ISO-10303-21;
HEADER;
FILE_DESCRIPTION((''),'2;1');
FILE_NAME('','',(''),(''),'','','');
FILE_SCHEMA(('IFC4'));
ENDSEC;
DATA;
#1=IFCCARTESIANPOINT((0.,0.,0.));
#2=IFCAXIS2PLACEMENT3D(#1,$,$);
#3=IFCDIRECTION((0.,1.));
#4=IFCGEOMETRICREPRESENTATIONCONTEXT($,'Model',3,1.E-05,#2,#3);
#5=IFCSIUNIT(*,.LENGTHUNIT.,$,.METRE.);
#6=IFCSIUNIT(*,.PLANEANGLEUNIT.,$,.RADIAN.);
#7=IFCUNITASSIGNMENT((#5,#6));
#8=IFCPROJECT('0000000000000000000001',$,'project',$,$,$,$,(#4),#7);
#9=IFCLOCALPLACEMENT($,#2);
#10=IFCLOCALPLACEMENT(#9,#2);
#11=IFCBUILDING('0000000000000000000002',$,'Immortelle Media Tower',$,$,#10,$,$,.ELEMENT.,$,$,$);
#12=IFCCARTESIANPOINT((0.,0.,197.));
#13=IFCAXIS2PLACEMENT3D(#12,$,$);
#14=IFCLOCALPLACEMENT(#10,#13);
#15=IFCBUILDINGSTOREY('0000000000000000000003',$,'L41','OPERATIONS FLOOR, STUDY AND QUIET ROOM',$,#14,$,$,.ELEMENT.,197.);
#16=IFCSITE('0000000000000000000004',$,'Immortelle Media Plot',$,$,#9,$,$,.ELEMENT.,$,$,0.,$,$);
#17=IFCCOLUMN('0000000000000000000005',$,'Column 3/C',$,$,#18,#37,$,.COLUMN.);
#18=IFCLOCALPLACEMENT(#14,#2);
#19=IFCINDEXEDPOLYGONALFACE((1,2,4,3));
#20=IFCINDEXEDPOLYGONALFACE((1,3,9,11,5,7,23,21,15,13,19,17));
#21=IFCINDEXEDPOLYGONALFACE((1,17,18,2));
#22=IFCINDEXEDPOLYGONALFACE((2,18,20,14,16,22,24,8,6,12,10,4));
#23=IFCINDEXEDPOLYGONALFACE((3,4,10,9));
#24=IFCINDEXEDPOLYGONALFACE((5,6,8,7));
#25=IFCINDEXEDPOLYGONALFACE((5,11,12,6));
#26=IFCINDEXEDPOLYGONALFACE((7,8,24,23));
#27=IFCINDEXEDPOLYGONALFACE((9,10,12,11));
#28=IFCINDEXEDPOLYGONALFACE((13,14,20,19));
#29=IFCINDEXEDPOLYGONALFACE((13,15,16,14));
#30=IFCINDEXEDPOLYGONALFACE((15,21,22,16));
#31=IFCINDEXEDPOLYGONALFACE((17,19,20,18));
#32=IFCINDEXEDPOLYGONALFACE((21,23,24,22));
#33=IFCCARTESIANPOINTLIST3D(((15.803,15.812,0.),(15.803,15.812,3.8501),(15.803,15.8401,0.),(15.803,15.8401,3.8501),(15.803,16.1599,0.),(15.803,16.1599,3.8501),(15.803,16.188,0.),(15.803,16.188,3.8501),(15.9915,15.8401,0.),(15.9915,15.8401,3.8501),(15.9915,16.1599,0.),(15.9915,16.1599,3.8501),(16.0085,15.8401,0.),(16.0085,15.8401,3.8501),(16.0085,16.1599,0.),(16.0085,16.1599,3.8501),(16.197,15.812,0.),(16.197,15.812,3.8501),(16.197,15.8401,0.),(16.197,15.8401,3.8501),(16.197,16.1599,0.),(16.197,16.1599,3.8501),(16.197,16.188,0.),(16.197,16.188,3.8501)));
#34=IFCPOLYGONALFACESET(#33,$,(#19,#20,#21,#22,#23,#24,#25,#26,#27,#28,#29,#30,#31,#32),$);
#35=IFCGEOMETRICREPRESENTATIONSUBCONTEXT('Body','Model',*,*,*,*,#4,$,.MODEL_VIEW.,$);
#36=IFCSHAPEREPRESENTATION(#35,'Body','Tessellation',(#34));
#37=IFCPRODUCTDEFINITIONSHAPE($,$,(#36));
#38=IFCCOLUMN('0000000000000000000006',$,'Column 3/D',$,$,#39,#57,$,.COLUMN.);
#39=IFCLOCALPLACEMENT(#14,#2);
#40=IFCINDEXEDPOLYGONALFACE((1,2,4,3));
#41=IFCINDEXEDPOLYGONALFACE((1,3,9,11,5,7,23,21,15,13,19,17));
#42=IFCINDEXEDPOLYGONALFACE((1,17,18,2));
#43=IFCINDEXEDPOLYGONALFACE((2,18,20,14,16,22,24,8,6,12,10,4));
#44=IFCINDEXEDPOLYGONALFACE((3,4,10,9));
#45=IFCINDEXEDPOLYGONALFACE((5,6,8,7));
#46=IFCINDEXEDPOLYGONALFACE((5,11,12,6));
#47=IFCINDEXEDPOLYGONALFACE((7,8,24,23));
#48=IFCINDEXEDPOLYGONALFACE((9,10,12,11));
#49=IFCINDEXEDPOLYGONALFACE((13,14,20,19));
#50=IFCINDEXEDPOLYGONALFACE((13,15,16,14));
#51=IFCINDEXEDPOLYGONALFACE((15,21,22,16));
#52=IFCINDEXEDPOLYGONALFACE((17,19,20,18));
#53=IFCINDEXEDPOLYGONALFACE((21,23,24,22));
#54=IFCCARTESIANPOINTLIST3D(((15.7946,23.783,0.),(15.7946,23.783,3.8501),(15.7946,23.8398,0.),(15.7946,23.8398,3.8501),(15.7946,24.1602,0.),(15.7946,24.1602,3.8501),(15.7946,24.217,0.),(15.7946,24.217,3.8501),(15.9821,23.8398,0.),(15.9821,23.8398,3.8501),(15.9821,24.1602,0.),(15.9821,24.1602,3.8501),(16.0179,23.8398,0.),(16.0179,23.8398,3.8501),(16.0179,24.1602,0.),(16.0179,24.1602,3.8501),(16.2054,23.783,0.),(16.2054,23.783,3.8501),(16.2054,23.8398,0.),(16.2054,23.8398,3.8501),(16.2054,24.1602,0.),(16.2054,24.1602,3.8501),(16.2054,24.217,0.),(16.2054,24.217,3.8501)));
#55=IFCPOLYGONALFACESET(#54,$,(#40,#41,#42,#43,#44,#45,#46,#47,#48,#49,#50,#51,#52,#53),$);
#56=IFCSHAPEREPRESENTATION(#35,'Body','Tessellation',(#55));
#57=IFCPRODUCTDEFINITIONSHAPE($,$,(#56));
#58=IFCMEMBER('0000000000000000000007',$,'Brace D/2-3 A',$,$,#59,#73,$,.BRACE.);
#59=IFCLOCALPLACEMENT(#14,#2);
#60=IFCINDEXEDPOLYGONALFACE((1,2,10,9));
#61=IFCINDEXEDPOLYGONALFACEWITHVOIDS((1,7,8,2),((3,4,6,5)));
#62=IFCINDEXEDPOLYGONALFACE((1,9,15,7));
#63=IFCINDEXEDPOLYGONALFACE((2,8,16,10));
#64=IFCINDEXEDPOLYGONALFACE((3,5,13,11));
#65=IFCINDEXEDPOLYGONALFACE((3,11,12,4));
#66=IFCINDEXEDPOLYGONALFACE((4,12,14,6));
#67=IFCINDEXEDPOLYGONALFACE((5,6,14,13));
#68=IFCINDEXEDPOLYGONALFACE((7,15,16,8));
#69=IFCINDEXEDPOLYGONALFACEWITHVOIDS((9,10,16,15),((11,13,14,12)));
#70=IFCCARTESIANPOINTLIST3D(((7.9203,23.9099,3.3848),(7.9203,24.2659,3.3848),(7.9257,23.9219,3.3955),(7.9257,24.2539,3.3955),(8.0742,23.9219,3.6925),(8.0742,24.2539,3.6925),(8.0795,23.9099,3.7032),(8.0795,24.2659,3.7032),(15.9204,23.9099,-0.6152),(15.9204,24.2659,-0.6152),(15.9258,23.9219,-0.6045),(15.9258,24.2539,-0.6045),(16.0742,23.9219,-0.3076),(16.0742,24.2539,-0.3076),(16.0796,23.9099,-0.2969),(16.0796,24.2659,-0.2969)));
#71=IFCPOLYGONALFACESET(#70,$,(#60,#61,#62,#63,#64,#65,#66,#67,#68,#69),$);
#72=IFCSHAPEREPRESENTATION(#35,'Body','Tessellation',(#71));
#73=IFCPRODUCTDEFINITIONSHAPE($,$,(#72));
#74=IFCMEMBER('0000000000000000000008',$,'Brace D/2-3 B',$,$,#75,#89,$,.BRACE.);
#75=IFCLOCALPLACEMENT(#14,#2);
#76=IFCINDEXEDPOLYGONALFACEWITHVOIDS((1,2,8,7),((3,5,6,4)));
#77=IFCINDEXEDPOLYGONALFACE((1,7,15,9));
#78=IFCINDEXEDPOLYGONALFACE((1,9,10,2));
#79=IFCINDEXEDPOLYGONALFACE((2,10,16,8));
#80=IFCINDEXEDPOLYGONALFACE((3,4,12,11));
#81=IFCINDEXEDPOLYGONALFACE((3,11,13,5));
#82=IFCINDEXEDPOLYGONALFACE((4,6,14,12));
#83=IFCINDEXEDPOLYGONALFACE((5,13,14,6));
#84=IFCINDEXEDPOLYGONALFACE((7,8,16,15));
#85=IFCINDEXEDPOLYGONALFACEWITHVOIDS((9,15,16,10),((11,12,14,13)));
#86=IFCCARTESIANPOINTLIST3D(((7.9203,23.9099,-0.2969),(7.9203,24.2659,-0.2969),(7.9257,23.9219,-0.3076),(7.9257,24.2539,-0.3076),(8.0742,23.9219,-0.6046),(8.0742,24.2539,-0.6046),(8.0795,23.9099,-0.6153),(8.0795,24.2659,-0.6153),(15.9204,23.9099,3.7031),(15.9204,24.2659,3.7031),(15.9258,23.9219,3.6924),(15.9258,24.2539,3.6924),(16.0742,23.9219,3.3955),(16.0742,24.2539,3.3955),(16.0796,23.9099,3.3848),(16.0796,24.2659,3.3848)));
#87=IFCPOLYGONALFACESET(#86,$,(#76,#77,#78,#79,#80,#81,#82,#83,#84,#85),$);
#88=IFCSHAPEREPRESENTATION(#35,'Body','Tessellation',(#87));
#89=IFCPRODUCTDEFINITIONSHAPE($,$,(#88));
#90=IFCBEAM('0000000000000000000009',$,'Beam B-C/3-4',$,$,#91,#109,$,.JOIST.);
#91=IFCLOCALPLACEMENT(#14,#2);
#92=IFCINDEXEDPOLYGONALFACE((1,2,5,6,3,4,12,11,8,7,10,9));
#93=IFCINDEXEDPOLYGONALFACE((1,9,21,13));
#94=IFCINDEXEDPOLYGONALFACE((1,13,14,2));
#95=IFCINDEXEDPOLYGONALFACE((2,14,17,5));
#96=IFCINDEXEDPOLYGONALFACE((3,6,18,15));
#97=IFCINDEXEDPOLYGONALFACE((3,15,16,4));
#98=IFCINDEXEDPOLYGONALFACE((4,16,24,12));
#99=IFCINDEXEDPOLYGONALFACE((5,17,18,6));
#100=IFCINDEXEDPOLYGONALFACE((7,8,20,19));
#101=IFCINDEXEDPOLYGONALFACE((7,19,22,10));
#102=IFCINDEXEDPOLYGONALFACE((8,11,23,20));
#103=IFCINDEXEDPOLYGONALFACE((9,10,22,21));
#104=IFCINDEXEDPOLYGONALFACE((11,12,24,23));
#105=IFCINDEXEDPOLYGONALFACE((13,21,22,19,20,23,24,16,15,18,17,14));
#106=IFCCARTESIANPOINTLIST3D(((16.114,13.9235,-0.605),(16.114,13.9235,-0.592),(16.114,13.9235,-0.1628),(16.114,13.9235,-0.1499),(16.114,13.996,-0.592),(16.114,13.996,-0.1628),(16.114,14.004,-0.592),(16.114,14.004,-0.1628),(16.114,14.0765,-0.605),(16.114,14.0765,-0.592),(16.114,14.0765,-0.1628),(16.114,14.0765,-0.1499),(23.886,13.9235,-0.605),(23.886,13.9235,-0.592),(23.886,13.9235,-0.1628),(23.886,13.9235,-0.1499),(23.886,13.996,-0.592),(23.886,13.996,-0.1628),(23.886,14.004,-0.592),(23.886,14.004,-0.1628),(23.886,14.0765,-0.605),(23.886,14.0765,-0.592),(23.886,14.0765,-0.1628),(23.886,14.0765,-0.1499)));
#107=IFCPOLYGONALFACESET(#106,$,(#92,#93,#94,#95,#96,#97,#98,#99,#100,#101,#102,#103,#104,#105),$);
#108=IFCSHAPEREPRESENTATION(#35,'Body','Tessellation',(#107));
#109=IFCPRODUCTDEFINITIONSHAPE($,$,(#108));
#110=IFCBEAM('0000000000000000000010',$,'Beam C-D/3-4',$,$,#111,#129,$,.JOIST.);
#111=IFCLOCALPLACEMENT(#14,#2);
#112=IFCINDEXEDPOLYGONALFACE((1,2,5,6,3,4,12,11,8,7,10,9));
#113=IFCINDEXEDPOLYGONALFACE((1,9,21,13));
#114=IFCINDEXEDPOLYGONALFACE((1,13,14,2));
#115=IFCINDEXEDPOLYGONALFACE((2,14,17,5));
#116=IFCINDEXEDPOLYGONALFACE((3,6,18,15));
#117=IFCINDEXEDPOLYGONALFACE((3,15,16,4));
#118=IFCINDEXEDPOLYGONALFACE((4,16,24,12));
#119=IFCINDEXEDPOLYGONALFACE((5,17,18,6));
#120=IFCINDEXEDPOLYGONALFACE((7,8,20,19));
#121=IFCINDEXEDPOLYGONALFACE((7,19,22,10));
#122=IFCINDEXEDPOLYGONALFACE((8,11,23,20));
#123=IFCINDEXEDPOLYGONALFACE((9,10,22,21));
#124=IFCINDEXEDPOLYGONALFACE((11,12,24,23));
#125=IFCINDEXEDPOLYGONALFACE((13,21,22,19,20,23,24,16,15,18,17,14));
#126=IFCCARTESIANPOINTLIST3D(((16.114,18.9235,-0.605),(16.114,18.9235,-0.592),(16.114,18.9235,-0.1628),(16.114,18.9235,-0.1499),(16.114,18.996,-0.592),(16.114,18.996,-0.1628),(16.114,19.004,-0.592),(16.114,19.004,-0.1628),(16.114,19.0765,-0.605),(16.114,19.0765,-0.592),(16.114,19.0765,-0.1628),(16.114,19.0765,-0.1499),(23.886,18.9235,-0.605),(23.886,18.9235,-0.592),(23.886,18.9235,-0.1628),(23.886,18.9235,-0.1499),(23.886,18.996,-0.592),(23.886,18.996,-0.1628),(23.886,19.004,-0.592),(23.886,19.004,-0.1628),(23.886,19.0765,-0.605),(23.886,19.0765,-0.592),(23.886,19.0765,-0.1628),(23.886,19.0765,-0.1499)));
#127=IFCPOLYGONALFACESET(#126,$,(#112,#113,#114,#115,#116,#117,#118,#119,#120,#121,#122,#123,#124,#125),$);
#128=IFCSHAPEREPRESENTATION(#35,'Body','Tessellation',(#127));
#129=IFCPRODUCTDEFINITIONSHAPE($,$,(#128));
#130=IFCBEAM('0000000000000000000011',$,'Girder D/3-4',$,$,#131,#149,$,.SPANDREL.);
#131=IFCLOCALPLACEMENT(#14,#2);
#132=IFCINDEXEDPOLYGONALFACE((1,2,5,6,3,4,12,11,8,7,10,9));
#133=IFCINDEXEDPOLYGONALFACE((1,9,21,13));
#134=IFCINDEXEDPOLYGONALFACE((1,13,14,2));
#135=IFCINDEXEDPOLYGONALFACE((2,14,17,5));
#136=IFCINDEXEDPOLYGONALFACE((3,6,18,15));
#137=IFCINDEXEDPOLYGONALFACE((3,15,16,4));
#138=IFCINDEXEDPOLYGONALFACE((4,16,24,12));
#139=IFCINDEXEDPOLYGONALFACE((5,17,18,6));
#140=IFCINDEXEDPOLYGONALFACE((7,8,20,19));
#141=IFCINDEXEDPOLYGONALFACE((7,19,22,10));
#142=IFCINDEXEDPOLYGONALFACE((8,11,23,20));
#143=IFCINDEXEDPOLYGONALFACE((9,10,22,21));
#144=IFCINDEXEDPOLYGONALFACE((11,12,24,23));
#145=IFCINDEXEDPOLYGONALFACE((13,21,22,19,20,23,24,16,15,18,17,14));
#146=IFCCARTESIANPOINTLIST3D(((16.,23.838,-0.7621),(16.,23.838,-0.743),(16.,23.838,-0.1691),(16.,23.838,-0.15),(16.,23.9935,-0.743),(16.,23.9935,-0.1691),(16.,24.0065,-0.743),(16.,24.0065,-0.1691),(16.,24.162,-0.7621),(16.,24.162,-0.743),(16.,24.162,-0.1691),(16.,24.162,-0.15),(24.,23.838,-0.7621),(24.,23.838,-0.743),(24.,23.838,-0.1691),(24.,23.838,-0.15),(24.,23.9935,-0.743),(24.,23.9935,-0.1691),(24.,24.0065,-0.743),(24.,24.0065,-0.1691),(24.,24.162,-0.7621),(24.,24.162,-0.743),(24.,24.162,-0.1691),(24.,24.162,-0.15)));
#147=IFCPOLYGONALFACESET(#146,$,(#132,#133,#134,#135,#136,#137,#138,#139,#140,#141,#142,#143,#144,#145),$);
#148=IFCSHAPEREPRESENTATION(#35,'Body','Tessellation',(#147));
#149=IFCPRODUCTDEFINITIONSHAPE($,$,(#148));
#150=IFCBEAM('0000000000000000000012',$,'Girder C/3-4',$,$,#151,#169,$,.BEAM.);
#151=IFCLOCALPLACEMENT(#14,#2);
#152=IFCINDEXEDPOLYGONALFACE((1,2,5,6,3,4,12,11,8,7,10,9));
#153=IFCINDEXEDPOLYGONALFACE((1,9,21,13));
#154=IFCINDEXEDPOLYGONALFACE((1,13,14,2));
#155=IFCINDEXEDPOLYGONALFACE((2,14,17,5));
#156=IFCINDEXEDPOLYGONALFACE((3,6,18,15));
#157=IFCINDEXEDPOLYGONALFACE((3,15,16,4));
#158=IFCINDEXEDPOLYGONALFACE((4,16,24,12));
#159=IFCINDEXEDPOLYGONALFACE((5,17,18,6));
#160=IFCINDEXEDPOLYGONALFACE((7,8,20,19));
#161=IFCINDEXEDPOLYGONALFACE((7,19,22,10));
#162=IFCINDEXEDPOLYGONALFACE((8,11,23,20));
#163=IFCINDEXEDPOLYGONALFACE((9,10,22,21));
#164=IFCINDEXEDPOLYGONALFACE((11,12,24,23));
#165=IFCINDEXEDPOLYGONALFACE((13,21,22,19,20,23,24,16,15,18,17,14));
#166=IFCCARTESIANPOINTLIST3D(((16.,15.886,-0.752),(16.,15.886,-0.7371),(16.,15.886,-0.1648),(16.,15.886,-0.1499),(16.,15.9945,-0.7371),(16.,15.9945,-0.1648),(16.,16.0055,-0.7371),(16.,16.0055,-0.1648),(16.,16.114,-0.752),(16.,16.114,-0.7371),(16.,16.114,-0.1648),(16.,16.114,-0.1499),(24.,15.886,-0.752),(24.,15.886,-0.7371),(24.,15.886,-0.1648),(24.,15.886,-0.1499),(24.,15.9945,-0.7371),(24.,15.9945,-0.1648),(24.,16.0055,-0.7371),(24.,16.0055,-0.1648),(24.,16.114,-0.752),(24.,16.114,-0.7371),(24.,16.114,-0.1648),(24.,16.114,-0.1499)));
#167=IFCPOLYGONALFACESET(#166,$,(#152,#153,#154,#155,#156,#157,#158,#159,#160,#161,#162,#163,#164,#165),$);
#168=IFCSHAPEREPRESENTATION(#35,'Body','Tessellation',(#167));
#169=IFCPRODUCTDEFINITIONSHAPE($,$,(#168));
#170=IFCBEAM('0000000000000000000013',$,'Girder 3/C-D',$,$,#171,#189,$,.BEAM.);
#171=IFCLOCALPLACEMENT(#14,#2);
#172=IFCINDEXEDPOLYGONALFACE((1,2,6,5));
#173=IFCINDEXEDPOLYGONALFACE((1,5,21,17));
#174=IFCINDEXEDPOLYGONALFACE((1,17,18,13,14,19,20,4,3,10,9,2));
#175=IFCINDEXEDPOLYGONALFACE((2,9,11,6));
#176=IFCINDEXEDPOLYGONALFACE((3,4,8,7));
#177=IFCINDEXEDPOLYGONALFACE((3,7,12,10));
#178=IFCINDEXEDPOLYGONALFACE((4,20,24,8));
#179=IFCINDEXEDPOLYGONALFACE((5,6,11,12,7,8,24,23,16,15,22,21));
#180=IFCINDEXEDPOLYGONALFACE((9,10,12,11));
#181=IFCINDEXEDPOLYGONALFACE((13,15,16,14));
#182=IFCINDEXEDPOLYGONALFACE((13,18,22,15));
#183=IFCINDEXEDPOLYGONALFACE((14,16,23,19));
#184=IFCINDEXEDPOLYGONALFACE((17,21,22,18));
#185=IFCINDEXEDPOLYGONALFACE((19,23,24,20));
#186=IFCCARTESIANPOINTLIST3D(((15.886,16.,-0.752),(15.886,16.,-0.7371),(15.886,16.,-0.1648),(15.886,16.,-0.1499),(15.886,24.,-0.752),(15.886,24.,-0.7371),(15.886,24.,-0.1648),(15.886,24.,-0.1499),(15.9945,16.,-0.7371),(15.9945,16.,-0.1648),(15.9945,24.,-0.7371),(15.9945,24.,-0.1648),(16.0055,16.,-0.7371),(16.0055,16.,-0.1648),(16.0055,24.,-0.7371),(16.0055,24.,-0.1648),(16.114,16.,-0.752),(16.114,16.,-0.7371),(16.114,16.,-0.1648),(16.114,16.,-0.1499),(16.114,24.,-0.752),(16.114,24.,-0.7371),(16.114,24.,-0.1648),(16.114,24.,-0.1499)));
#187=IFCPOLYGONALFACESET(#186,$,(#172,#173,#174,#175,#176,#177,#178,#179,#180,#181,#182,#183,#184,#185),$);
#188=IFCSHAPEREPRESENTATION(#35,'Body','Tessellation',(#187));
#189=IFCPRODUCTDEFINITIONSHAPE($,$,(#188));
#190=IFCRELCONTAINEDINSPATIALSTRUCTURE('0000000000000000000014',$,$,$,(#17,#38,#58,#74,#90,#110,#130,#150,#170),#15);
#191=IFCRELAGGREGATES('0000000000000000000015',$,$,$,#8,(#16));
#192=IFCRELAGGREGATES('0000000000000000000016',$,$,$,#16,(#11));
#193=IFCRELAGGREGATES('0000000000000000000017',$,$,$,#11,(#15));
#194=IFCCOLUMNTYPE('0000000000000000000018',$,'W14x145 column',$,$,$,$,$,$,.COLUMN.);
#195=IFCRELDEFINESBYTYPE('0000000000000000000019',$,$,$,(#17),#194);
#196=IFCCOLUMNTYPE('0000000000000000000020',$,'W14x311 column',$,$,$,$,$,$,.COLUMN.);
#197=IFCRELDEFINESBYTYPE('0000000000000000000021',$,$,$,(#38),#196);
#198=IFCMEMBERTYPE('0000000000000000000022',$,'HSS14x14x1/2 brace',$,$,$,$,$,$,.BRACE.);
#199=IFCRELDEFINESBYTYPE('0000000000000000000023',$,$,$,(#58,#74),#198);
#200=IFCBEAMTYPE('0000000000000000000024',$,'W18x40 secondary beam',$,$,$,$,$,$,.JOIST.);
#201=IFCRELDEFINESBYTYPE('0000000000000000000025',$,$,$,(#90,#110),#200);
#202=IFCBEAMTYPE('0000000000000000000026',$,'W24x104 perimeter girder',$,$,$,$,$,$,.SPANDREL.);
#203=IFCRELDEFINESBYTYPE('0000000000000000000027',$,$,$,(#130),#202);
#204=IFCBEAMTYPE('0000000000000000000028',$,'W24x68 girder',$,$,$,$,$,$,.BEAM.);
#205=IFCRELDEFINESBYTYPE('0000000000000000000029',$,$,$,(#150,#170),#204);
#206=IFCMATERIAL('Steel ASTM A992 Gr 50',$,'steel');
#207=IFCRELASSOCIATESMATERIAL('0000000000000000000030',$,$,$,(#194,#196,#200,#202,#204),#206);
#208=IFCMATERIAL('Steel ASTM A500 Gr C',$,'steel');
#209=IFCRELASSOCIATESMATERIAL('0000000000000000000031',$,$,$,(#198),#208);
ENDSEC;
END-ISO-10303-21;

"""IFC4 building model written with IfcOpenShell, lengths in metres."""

from ifc_helpers import new_model, si_unit, direction, frame, origin, origin_2d, place, context, subcontext, project, spatial, hollow_rectangle, i_section, extrude, material, material_profile, profile_set, type_object, element, save


model = new_model("IFC4")

# Units and contexts
model_context = context("Model", 3, precision=1e-05, world=origin(), true_north=direction((0.0, 1.0)))
body_context = subcontext(model_context, "Body", "Model", "MODEL_VIEW")
ifc_project = project(units=[si_unit("LENGTHUNIT", "METRE"), si_unit("PLANEANGLEUNIT", "RADIAN")], contexts=[model_context])

# Site, building, storey
site_placement = place(None, origin())
site = spatial("IfcSite", under=ifc_project, at=site_placement, Name="Immortelle Media Plot", CompositionType="ELEMENT", RefElevation=0.0)
building_placement = place(site_placement, origin())
building = spatial("IfcBuilding", under=site, at=building_placement, Name="Immortelle Media Tower", CompositionType="ELEMENT")
storey_placement = place(building_placement, frame((0.0, 0.0, 197.0)))
storey = spatial("IfcBuildingStorey", under=building, at=storey_placement, Name="L41", Description="OPERATIONS FLOOR, STUDY AND QUIET ROOM", CompositionType="ELEMENT", Elevation=197.0)

# Columns
ifc_material_1 = material(Name="Steel ASTM A992 Gr 50", Category="steel")
ifc_material_profile_1 = material_profile(ifc_material_1, i_section(OverallWidth=0.394, OverallDepth=0.376, WebThickness=0.0171, FlangeThickness=0.0281, at=origin_2d()), Name="W14x145")
ifc_profile_set_1 = profile_set([ifc_material_profile_1], Name="Steel ASTM A992 Gr 50")
column_type_1 = type_object("IfcColumnType", Name="W14x145 column", PredefinedType="COLUMN", material=ifc_profile_set_1)
column_1_placement = place(storey_placement, frame((16.0, 16.0, 0.0), z_axis=(0.0, 0.0, 1.0), x_axis=(1.0, 0.0, 0.0)))
element("IfcColumn", 1, at=column_1_placement, inside=storey, type_object=column_type_1, Name="Column 3/C", PredefinedType="COLUMN", context=body_context, shape_type="SweptSolid", body=[
    extrude(i_section(OverallWidth=0.394, OverallDepth=0.376, WebThickness=0.0171, FlangeThickness=0.0281, at=origin_2d()), origin(), (0.0, 0.0, 1.0), 3.8501),
])
ifc_material_profile_2 = material_profile(ifc_material_1, i_section(OverallWidth=0.4109, OverallDepth=0.4341, WebThickness=0.0359, FlangeThickness=0.0569, at=origin_2d()), Name="W14x311")
ifc_profile_set_2 = profile_set([ifc_material_profile_2], Name="Steel ASTM A992 Gr 50")
column_type_2 = type_object("IfcColumnType", Name="W14x311 column", PredefinedType="COLUMN", material=ifc_profile_set_2)
column_2_placement = place(storey_placement, frame((16.0, 24.0, 0.0), z_axis=(0.0, 0.0, 1.0), x_axis=(1.0, 0.0, 0.0)))
element("IfcColumn", 2, at=column_2_placement, inside=storey, type_object=column_type_2, Name="Column 3/D", PredefinedType="COLUMN", context=body_context, shape_type="SweptSolid", body=[
    extrude(i_section(OverallWidth=0.4109, OverallDepth=0.4341, WebThickness=0.0359, FlangeThickness=0.0569, at=origin_2d()), origin(), (0.0, 0.0, 1.0), 3.8501),
])

# Members
ifc_material_2 = material(Name="Steel ASTM A500 Gr C", Category="steel")
ifc_material_profile_3 = material_profile(ifc_material_2, hollow_rectangle(XDim=0.356, YDim=0.356, WallThickness=0.012, at=origin_2d()), Name="HSS14x14x1/2 brace")
ifc_profile_set_3 = profile_set([ifc_material_profile_3], Name="Steel ASTM A500 Gr C")
member_type = type_object("IfcMemberType", Name="HSS14x14x1/2 brace", PredefinedType="BRACE", material=ifc_profile_set_3)
for number, where, z_axis, x_axis, name in (
    (3, (16.0, 24.0879, -0.4561), (-0.894427, 0.0, 0.447214), (0.0, -1.0, 0.0), "Brace D/2-3 A"),
    (4, (16.0, 24.0879, 3.5439), (-0.894427, 0.0, -0.447214), (0.0, -1.0, 0.0), "Brace D/2-3 B"),
):
    element("IfcMember", number, at=place(storey_placement, frame(where, z_axis=z_axis, x_axis=x_axis)), inside=storey, type_object=member_type, Name=name, PredefinedType="BRACE", context=body_context, shape_type="SweptSolid", body=[
        extrude(hollow_rectangle(XDim=0.356, YDim=0.356, WallThickness=0.012, at=origin_2d()), origin(), (0.0, 0.0, 1.0), 8.9443),
    ])

# Beams
ifc_material_profile_4 = material_profile(ifc_material_1, i_section(OverallWidth=0.1531, OverallDepth=0.4551, WebThickness=0.0081, FlangeThickness=0.0129, at=origin_2d()), Name="W18x40")
ifc_profile_set_4 = profile_set([ifc_material_profile_4], Name="Steel ASTM A992 Gr 50")
beam_type_1 = type_object("IfcBeamType", Name="W18x40 secondary beam", PredefinedType="JOIST", material=ifc_profile_set_4)
for number, where, z_axis, x_axis, name in (
    (5, (16.114, 14.0, -0.3774), (1.0, 0.0, 0.0), (0.0, 1.0, 0.0), "Beam B-C/3-4"),
    (6, (16.114, 19.0, -0.3774), (1.0, 0.0, 0.0), (0.0, 1.0, 0.0), "Beam C-D/3-4"),
):
    element("IfcBeam", number, at=place(storey_placement, frame(where, z_axis=z_axis, x_axis=x_axis)), inside=storey, type_object=beam_type_1, Name=name, PredefinedType="JOIST", context=body_context, shape_type="SweptSolid", body=[
        extrude(i_section(OverallWidth=0.1531, OverallDepth=0.4551, WebThickness=0.0081, FlangeThickness=0.0129, at=origin_2d()), origin(), (0.0, 0.0, 1.0), 7.772),
    ])
ifc_material_profile_5 = material_profile(ifc_material_1, i_section(OverallWidth=0.324, OverallDepth=0.6121, WebThickness=0.0129, FlangeThickness=0.019, at=origin_2d()), Name="W24x104")
ifc_profile_set_5 = profile_set([ifc_material_profile_5], Name="Steel ASTM A992 Gr 50")
beam_type_2 = type_object("IfcBeamType", Name="W24x104 perimeter girder", PredefinedType="SPANDREL", material=ifc_profile_set_5)
beam_placement = place(storey_placement, frame((16.0, 24.0, -0.4561), z_axis=(1.0, 0.0, 0.0), x_axis=(0.0, 1.0, 0.0)))
element("IfcBeam", 7, at=beam_placement, inside=storey, type_object=beam_type_2, Name="Girder D/3-4", PredefinedType="SPANDREL", context=body_context, shape_type="SweptSolid", body=[
    extrude(i_section(OverallWidth=0.324, OverallDepth=0.6121, WebThickness=0.0129, FlangeThickness=0.019, at=origin_2d()), origin(), (0.0, 0.0, 1.0), 8.0),
])
ifc_material_profile_6 = material_profile(ifc_material_1, i_section(OverallWidth=0.228, OverallDepth=0.6021, WebThickness=0.011, FlangeThickness=0.0149, at=origin_2d()), Name="W24x68")
ifc_profile_set_6 = profile_set([ifc_material_profile_6], Name="Steel ASTM A992 Gr 50")
beam_type_3 = type_object("IfcBeamType", Name="W24x68 girder", PredefinedType="BEAM", material=ifc_profile_set_6)
for number, where, z_axis, x_axis, name in (
    (8, (16.0, 16.0, -0.4509), (1.0, 0.0, 0.0), (0.0, 1.0, 0.0), "Girder C/3-4"),
    (9, (16.0, 16.0, -0.4509), (0.0, 1.0, 0.0), (-1.0, 0.0, 0.0), "Girder 3/C-D"),
):
    element("IfcBeam", number, at=place(storey_placement, frame(where, z_axis=z_axis, x_axis=x_axis)), inside=storey, type_object=beam_type_3, Name=name, PredefinedType="BEAM", context=body_context, shape_type="SweptSolid", body=[
        extrude(i_section(OverallWidth=0.228, OverallDepth=0.6021, WebThickness=0.011, FlangeThickness=0.0149, at=origin_2d()), origin(), (0.0, 0.0, 1.0), 8.0),
    ])

save(model, "model.ifc")
